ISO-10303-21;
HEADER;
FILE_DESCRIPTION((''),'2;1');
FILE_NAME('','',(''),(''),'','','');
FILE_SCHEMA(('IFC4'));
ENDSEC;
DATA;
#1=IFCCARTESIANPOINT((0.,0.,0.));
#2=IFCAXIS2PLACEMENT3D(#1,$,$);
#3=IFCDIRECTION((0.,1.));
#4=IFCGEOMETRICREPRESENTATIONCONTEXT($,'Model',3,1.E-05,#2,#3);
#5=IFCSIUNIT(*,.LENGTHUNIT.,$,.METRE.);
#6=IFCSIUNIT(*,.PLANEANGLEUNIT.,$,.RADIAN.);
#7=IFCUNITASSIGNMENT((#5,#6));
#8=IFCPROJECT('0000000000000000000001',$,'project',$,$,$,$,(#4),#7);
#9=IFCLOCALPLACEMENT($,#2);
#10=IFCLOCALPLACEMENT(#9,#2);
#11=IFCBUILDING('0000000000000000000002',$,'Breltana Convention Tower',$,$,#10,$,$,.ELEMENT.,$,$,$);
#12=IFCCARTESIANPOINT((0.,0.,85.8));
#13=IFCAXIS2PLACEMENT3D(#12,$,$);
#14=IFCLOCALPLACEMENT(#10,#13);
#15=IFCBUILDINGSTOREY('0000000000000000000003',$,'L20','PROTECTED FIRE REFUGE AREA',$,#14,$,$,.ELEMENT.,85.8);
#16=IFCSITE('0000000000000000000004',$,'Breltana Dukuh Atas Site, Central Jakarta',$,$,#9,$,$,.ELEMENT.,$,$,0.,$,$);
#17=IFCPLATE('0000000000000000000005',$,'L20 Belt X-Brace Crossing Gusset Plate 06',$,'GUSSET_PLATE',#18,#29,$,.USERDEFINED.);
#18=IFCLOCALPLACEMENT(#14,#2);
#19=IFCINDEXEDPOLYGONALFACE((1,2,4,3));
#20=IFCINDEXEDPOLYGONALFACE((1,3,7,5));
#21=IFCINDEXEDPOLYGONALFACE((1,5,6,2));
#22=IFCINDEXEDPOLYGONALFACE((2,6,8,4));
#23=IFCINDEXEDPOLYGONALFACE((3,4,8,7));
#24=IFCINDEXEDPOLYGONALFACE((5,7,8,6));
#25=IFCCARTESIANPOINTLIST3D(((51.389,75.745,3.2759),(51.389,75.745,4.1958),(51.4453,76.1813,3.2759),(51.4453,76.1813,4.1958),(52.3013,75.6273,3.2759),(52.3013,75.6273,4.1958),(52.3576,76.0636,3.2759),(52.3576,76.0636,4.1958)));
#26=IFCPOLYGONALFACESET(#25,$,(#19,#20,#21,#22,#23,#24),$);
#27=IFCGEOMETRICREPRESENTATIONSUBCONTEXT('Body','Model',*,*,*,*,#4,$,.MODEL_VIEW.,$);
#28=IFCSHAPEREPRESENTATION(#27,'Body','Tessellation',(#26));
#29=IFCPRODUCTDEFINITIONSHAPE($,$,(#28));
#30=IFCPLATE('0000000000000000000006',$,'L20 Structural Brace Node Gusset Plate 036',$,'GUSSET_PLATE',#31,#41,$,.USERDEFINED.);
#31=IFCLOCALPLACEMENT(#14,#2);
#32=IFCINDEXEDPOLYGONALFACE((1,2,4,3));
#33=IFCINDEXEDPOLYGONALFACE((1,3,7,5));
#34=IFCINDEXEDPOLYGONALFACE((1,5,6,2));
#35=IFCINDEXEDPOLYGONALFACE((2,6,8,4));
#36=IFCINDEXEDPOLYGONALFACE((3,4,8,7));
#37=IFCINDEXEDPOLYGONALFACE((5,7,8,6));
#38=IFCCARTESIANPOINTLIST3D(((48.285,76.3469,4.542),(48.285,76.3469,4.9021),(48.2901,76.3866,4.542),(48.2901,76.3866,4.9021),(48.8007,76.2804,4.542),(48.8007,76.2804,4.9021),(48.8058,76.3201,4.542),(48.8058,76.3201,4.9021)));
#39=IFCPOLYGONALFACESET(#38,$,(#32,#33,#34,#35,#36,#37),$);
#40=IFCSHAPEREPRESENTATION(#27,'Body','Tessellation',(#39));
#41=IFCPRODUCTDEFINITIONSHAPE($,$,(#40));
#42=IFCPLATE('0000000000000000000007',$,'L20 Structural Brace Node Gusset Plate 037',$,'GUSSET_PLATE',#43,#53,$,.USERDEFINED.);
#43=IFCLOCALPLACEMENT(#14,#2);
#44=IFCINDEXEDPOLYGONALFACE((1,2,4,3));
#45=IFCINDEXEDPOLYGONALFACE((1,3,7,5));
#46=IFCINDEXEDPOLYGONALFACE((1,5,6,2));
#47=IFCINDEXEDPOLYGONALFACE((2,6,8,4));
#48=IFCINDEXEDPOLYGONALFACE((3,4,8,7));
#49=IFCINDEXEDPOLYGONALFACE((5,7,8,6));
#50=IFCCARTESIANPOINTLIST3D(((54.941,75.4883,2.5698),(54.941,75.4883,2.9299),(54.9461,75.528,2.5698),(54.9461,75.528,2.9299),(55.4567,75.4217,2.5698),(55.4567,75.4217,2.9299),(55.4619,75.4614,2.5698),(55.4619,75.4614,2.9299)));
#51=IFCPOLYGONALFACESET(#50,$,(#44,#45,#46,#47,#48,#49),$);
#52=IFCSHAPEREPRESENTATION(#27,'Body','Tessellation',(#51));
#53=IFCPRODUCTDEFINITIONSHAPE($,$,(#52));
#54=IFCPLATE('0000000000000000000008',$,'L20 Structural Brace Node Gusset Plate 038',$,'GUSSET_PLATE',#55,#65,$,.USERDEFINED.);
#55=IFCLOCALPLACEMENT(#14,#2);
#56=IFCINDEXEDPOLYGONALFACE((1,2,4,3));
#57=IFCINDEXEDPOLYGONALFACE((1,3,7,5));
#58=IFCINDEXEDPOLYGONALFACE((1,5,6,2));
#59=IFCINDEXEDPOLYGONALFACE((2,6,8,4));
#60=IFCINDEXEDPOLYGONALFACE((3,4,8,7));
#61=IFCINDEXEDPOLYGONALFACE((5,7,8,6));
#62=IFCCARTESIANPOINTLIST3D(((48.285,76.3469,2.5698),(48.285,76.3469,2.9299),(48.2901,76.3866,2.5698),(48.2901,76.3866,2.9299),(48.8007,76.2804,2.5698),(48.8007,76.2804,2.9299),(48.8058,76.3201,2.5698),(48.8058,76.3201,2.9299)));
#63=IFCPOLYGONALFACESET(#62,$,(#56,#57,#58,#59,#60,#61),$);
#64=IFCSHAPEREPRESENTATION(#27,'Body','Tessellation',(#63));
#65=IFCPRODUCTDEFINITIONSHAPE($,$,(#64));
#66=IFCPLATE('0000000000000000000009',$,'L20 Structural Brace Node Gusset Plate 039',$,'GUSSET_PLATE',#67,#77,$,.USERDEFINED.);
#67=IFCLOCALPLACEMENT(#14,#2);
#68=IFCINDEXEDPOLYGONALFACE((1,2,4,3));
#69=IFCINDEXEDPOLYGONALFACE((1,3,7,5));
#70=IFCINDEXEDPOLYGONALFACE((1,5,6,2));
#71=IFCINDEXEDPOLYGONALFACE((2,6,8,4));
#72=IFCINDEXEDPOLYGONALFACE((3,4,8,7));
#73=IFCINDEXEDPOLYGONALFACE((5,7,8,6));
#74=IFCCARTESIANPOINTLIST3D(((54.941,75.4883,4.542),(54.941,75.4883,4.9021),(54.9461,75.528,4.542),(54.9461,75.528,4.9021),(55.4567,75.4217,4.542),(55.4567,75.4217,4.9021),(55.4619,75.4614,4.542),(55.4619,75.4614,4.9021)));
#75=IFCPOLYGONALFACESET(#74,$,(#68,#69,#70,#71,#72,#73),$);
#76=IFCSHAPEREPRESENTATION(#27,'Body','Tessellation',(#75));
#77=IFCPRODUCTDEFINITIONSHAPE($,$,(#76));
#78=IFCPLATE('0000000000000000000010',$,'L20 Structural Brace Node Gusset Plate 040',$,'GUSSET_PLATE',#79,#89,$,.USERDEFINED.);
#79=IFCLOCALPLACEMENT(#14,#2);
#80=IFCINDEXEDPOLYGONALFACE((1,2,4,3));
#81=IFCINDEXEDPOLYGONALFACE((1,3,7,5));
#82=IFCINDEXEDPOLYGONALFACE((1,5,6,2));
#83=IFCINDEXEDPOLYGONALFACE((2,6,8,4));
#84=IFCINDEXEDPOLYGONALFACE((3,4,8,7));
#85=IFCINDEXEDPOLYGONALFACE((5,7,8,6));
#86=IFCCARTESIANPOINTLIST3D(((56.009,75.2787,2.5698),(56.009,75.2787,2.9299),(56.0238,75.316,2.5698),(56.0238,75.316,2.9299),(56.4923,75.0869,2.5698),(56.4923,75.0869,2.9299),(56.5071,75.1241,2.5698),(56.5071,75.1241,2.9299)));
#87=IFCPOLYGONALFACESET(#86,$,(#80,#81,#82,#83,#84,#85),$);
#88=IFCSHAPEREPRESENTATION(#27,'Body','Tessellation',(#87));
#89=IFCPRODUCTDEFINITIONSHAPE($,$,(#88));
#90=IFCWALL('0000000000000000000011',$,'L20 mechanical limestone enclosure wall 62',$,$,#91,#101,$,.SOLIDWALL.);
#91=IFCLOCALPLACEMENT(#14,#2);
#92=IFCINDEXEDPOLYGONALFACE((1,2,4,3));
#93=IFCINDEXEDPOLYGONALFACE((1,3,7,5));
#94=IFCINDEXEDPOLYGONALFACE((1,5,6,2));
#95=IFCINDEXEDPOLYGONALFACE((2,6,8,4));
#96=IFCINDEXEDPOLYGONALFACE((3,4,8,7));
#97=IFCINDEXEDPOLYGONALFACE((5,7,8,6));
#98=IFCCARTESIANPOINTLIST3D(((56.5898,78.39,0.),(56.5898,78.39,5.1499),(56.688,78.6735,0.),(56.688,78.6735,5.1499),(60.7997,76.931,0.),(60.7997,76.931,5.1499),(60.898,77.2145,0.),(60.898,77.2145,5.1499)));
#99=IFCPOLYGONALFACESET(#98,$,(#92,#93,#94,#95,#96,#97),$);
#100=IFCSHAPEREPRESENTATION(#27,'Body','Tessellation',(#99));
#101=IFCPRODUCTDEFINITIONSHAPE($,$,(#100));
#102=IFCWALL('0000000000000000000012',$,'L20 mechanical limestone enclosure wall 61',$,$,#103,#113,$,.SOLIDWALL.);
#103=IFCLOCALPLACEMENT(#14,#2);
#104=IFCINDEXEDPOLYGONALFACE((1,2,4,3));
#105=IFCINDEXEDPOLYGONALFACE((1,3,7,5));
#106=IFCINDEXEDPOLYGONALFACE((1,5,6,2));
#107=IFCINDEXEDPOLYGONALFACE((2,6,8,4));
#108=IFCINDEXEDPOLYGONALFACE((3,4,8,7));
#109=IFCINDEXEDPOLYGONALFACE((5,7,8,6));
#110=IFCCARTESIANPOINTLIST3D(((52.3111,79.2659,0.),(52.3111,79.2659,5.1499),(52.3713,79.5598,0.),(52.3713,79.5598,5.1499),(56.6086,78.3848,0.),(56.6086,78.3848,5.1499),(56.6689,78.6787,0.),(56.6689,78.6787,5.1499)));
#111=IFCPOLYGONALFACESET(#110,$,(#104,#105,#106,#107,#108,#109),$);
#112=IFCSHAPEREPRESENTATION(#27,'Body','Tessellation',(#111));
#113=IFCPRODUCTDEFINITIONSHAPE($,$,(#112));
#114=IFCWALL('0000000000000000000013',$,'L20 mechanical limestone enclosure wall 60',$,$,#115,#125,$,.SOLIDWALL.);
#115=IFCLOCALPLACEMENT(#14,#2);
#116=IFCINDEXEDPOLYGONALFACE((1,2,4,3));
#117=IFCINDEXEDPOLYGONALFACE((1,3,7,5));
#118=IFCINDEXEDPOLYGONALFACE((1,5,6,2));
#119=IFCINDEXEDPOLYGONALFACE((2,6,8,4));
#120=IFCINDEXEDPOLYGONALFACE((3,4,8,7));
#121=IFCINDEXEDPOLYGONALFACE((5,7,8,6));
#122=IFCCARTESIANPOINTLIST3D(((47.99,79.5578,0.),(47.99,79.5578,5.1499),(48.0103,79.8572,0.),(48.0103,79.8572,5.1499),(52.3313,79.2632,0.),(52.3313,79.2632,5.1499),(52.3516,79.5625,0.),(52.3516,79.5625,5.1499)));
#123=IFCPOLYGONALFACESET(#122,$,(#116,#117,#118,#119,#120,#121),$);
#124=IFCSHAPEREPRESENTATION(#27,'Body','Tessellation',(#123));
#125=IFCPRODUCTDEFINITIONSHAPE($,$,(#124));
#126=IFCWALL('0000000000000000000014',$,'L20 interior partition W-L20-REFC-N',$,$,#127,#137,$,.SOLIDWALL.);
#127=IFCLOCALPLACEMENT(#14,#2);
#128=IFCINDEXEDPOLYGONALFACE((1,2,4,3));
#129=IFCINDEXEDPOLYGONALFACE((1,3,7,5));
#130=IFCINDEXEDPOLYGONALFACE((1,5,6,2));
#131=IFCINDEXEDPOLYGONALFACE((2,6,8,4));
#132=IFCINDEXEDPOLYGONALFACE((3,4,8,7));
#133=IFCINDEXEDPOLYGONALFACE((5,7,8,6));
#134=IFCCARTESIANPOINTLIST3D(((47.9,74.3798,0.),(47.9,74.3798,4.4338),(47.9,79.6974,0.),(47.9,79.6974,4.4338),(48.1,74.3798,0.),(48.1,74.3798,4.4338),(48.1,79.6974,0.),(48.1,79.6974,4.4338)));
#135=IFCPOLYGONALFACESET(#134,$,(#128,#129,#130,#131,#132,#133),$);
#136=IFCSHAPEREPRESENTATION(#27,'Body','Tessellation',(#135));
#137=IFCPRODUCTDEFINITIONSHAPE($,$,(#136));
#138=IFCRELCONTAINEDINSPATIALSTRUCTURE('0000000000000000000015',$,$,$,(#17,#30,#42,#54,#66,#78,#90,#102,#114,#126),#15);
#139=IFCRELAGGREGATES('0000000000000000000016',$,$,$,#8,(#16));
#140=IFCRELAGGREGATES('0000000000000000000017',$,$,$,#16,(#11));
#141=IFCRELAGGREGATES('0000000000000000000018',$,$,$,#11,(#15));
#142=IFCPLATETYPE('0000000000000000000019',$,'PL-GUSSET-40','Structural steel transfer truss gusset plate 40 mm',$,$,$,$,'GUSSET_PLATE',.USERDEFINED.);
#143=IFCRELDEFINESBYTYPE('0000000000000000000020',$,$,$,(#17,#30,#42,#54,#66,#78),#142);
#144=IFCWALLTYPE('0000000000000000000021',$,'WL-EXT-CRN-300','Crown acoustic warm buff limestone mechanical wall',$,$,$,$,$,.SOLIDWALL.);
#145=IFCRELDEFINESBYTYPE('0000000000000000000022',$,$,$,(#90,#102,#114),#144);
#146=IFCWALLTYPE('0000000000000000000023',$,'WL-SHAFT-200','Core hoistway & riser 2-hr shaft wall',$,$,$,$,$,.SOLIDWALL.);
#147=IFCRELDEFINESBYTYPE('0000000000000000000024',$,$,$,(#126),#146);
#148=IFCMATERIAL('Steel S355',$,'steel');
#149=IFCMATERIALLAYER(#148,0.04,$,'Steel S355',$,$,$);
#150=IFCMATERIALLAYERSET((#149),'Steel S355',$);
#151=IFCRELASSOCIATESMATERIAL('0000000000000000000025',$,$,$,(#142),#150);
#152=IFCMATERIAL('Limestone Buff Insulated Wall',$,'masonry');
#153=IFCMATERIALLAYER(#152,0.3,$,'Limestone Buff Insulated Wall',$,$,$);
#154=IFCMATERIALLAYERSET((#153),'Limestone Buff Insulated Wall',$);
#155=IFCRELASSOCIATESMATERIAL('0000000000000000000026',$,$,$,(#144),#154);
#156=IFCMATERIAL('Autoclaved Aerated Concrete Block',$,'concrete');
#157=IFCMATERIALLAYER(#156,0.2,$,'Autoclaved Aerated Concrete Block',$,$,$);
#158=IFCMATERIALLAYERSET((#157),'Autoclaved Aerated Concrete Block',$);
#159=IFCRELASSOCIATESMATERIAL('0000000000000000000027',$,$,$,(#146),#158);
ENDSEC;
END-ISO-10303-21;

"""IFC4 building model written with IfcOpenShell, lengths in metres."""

from ifc_helpers import new_model, si_unit, direction, frame, frame_2d, origin, origin_2d, place, context, subcontext, project, spatial, rectangle, extrude, source, transform, mapped, material, layer, layer_set, type_object, type_shapes, element, save


model = new_model("IFC4")

# Units and contexts
model_context = context("Model", 3, precision=1e-05, world=origin(), true_north=direction((0.0, 1.0)))
body_context = subcontext(model_context, "Body", "Model", "MODEL_VIEW")
ifc_project = project(units=[si_unit("LENGTHUNIT", "METRE"), si_unit("PLANEANGLEUNIT", "RADIAN")], contexts=[model_context])

# Site, building, storey
site_placement = place(None, origin())
site = spatial("IfcSite", under=ifc_project, at=site_placement, Name="Breltana Dukuh Atas Site, Central Jakarta", CompositionType="ELEMENT", RefElevation=0.0)
building_placement = place(site_placement, origin())
building = spatial("IfcBuilding", under=site, at=building_placement, Name="Breltana Convention Tower", CompositionType="ELEMENT")
storey_placement = place(building_placement, frame((0.0, 0.0, 85.8)))
storey = spatial("IfcBuildingStorey", under=building, at=storey_placement, Name="L20", Description="PROTECTED FIRE REFUGE AREA", CompositionType="ELEMENT", Elevation=85.8)

# Plates
ifc_material_1 = material(Name="Steel S355", Category="steel")
ifc_layer_1 = layer(ifc_material_1, 0.04, Name="Steel S355")
ifc_layer_set_1 = layer_set([ifc_layer_1], Name="Steel S355")
plate_type = type_object("IfcPlateType", Name="PL-GUSSET-40", Description="Structural steel transfer truss gusset plate 40 mm", ElementType="GUSSET_PLATE", PredefinedType="USERDEFINED", material=ifc_layer_set_1)
shared_shape_1 = source(origin(), body_context, "Body", "SweptSolid", [
    extrude(rectangle(XDim=0.9199, YDim=0.4399, at=origin_2d()), origin(), (0.0, 0.0, 1.0), 0.9199),
])
type_shapes(plate_type, [shared_shape_1])
plate_placement = place(storey_placement, frame((51.8733, 75.9043, 3.2759), z_axis=(0.0, 0.0, 1.0), x_axis=(0.991783, -0.12793, 0.0)))
element("IfcPlate", 1, at=plate_placement, inside=storey, type_object=plate_type, Name="L20 Belt X-Brace Crossing Gusset Plate 06", ObjectType="GUSSET_PLATE", PredefinedType="USERDEFINED", context=body_context, shape_type="MappedRepresentation", body=[
    mapped(shared_shape_1, transform((0.0, 0.0, 0.0), scale=1.0)),
])
shared_shape_2 = source(origin(), body_context, "Body", "SweptSolid", [
    extrude(rectangle(XDim=0.52, YDim=0.04, at=origin_2d()), origin(), (0.0, 0.0, 1.0), 0.3601),
])
for number, where, z_axis, x_axis, name in (
    (2, (48.5454, 76.3335, 4.542), (0.0, 0.0, 1.0), (0.991783, -0.12793, 0.0), "L20 Structural Brace Node Gusset Plate 036"),
    (3, (55.2014, 75.4749, 2.5698), (0.0, 0.0, 1.0), (0.991783, -0.12793, 0.0), "L20 Structural Brace Node Gusset Plate 037"),
    (4, (48.5454, 76.3335, 2.5698), (0.0, 0.0, 1.0), (0.991783, -0.12793, 0.0), "L20 Structural Brace Node Gusset Plate 038"),
    (5, (55.2014, 75.4749, 4.542), (0.0, 0.0, 1.0), (0.991783, -0.12793, 0.0), "L20 Structural Brace Node Gusset Plate 039"),
    (6, (56.2581, 75.2014, 2.5698), (0.0, 0.0, 1.0), (0.929455, -0.368936, 0.0), "L20 Structural Brace Node Gusset Plate 040"),
):
    element("IfcPlate", number, at=place(storey_placement, frame(where, z_axis=z_axis, x_axis=x_axis)), inside=storey, type_object=plate_type, Name=name, ObjectType="GUSSET_PLATE", PredefinedType="USERDEFINED", context=body_context, shape_type="MappedRepresentation", body=[
        mapped(shared_shape_2, transform((0.0, 0.0, 0.0), scale=1.0)),
    ])

# Walls
ifc_material_2 = material(Name="Limestone Buff Insulated Wall", Category="masonry")
ifc_layer_2 = layer(ifc_material_2, 0.3, Name="Limestone Buff Insulated Wall")
ifc_layer_set_2 = layer_set([ifc_layer_2], Name="Limestone Buff Insulated Wall")
wall_type_1 = type_object("IfcWallType", Name="WL-EXT-CRN-300", Description="Crown acoustic warm buff limestone mechanical wall", PredefinedType="SOLIDWALL", material=ifc_layer_set_2)
shared_shape_3 = source(origin(), body_context, "Body", "SweptSolid", [
    extrude(rectangle(XDim=4.4556, YDim=0.3, at=frame_2d((2.2278, 0.0))), origin(), (0.0, 0.0, 1.0), 5.1499),
])
wall_1_placement = place(storey_placement, frame((56.6389, 78.5317, 0.0), z_axis=(0.0, 0.0, 1.0), x_axis=(0.944869, -0.327449, 0.0)))
element("IfcWall", 7, at=wall_1_placement, inside=storey, type_object=wall_type_1, Name="L20 mechanical limestone enclosure wall 62", PredefinedType="SOLIDWALL", context=body_context, shape_type="MappedRepresentation", body=[
    mapped(shared_shape_3, transform((0.0, 0.0, 0.0), scale=1.0)),
])
shared_shape_4 = source(origin(), body_context, "Body", "SweptSolid", [
    extrude(rectangle(XDim=4.387, YDim=0.3, at=frame_2d((2.1934, 0.0))), origin(), (0.0, 0.0, 1.0), 5.1499),
])
wall_2_placement = place(storey_placement, frame((52.3413, 79.4128, 0.0), z_axis=(0.0, 0.0, 1.0), x_axis=(0.979623, -0.200844, 0.0)))
element("IfcWall", 8, at=wall_2_placement, inside=storey, type_object=wall_type_1, Name="L20 mechanical limestone enclosure wall 61", PredefinedType="SOLIDWALL", context=body_context, shape_type="MappedRepresentation", body=[
    mapped(shared_shape_4, transform((0.0, 0.0, 0.0), scale=1.0)),
])
shared_shape_5 = source(origin(), body_context, "Body", "SweptSolid", [
    extrude(rectangle(XDim=4.3513, YDim=0.3, at=frame_2d((2.1758, 0.0))), origin(), (0.0, 0.0, 1.0), 5.1499),
])
wall_3_placement = place(storey_placement, frame((48.0, 79.7075, 0.0), z_axis=(0.0, 0.0, 1.0), x_axis=(0.997704, -0.067722, 0.0)))
element("IfcWall", 9, at=wall_3_placement, inside=storey, type_object=wall_type_1, Name="L20 mechanical limestone enclosure wall 60", PredefinedType="SOLIDWALL", context=body_context, shape_type="MappedRepresentation", body=[
    mapped(shared_shape_5, transform((0.0, 0.0, 0.0), scale=1.0)),
])
ifc_material_3 = material(Name="Autoclaved Aerated Concrete Block", Category="concrete")
ifc_layer_3 = layer(ifc_material_3, 0.2, Name="Autoclaved Aerated Concrete Block")
ifc_layer_set_3 = layer_set([ifc_layer_3], Name="Autoclaved Aerated Concrete Block")
wall_type_2 = type_object("IfcWallType", Name="WL-SHAFT-200", Description="Core hoistway & riser 2-hr shaft wall", PredefinedType="SOLIDWALL", material=ifc_layer_set_3)
shared_shape_6 = source(origin(), body_context, "Body", "SweptSolid", [
    extrude(rectangle(XDim=5.3176, YDim=0.2, at=frame_2d((2.6587, 0.0))), origin(), (0.0, 0.0, 1.0), 4.4338),
])
wall_4_placement = place(storey_placement, frame((48.0, 74.3799, 0.0), z_axis=(0.0, 0.0, 1.0), x_axis=(0.0, 1.0, 0.0)))
element("IfcWall", 10, at=wall_4_placement, inside=storey, type_object=wall_type_2, Name="L20 interior partition W-L20-REFC-N", PredefinedType="SOLIDWALL", context=body_context, shape_type="MappedRepresentation", body=[
    mapped(shared_shape_6, transform((0.0, 0.0, 0.0), scale=1.0)),
])

save(model, "model.ifc")
